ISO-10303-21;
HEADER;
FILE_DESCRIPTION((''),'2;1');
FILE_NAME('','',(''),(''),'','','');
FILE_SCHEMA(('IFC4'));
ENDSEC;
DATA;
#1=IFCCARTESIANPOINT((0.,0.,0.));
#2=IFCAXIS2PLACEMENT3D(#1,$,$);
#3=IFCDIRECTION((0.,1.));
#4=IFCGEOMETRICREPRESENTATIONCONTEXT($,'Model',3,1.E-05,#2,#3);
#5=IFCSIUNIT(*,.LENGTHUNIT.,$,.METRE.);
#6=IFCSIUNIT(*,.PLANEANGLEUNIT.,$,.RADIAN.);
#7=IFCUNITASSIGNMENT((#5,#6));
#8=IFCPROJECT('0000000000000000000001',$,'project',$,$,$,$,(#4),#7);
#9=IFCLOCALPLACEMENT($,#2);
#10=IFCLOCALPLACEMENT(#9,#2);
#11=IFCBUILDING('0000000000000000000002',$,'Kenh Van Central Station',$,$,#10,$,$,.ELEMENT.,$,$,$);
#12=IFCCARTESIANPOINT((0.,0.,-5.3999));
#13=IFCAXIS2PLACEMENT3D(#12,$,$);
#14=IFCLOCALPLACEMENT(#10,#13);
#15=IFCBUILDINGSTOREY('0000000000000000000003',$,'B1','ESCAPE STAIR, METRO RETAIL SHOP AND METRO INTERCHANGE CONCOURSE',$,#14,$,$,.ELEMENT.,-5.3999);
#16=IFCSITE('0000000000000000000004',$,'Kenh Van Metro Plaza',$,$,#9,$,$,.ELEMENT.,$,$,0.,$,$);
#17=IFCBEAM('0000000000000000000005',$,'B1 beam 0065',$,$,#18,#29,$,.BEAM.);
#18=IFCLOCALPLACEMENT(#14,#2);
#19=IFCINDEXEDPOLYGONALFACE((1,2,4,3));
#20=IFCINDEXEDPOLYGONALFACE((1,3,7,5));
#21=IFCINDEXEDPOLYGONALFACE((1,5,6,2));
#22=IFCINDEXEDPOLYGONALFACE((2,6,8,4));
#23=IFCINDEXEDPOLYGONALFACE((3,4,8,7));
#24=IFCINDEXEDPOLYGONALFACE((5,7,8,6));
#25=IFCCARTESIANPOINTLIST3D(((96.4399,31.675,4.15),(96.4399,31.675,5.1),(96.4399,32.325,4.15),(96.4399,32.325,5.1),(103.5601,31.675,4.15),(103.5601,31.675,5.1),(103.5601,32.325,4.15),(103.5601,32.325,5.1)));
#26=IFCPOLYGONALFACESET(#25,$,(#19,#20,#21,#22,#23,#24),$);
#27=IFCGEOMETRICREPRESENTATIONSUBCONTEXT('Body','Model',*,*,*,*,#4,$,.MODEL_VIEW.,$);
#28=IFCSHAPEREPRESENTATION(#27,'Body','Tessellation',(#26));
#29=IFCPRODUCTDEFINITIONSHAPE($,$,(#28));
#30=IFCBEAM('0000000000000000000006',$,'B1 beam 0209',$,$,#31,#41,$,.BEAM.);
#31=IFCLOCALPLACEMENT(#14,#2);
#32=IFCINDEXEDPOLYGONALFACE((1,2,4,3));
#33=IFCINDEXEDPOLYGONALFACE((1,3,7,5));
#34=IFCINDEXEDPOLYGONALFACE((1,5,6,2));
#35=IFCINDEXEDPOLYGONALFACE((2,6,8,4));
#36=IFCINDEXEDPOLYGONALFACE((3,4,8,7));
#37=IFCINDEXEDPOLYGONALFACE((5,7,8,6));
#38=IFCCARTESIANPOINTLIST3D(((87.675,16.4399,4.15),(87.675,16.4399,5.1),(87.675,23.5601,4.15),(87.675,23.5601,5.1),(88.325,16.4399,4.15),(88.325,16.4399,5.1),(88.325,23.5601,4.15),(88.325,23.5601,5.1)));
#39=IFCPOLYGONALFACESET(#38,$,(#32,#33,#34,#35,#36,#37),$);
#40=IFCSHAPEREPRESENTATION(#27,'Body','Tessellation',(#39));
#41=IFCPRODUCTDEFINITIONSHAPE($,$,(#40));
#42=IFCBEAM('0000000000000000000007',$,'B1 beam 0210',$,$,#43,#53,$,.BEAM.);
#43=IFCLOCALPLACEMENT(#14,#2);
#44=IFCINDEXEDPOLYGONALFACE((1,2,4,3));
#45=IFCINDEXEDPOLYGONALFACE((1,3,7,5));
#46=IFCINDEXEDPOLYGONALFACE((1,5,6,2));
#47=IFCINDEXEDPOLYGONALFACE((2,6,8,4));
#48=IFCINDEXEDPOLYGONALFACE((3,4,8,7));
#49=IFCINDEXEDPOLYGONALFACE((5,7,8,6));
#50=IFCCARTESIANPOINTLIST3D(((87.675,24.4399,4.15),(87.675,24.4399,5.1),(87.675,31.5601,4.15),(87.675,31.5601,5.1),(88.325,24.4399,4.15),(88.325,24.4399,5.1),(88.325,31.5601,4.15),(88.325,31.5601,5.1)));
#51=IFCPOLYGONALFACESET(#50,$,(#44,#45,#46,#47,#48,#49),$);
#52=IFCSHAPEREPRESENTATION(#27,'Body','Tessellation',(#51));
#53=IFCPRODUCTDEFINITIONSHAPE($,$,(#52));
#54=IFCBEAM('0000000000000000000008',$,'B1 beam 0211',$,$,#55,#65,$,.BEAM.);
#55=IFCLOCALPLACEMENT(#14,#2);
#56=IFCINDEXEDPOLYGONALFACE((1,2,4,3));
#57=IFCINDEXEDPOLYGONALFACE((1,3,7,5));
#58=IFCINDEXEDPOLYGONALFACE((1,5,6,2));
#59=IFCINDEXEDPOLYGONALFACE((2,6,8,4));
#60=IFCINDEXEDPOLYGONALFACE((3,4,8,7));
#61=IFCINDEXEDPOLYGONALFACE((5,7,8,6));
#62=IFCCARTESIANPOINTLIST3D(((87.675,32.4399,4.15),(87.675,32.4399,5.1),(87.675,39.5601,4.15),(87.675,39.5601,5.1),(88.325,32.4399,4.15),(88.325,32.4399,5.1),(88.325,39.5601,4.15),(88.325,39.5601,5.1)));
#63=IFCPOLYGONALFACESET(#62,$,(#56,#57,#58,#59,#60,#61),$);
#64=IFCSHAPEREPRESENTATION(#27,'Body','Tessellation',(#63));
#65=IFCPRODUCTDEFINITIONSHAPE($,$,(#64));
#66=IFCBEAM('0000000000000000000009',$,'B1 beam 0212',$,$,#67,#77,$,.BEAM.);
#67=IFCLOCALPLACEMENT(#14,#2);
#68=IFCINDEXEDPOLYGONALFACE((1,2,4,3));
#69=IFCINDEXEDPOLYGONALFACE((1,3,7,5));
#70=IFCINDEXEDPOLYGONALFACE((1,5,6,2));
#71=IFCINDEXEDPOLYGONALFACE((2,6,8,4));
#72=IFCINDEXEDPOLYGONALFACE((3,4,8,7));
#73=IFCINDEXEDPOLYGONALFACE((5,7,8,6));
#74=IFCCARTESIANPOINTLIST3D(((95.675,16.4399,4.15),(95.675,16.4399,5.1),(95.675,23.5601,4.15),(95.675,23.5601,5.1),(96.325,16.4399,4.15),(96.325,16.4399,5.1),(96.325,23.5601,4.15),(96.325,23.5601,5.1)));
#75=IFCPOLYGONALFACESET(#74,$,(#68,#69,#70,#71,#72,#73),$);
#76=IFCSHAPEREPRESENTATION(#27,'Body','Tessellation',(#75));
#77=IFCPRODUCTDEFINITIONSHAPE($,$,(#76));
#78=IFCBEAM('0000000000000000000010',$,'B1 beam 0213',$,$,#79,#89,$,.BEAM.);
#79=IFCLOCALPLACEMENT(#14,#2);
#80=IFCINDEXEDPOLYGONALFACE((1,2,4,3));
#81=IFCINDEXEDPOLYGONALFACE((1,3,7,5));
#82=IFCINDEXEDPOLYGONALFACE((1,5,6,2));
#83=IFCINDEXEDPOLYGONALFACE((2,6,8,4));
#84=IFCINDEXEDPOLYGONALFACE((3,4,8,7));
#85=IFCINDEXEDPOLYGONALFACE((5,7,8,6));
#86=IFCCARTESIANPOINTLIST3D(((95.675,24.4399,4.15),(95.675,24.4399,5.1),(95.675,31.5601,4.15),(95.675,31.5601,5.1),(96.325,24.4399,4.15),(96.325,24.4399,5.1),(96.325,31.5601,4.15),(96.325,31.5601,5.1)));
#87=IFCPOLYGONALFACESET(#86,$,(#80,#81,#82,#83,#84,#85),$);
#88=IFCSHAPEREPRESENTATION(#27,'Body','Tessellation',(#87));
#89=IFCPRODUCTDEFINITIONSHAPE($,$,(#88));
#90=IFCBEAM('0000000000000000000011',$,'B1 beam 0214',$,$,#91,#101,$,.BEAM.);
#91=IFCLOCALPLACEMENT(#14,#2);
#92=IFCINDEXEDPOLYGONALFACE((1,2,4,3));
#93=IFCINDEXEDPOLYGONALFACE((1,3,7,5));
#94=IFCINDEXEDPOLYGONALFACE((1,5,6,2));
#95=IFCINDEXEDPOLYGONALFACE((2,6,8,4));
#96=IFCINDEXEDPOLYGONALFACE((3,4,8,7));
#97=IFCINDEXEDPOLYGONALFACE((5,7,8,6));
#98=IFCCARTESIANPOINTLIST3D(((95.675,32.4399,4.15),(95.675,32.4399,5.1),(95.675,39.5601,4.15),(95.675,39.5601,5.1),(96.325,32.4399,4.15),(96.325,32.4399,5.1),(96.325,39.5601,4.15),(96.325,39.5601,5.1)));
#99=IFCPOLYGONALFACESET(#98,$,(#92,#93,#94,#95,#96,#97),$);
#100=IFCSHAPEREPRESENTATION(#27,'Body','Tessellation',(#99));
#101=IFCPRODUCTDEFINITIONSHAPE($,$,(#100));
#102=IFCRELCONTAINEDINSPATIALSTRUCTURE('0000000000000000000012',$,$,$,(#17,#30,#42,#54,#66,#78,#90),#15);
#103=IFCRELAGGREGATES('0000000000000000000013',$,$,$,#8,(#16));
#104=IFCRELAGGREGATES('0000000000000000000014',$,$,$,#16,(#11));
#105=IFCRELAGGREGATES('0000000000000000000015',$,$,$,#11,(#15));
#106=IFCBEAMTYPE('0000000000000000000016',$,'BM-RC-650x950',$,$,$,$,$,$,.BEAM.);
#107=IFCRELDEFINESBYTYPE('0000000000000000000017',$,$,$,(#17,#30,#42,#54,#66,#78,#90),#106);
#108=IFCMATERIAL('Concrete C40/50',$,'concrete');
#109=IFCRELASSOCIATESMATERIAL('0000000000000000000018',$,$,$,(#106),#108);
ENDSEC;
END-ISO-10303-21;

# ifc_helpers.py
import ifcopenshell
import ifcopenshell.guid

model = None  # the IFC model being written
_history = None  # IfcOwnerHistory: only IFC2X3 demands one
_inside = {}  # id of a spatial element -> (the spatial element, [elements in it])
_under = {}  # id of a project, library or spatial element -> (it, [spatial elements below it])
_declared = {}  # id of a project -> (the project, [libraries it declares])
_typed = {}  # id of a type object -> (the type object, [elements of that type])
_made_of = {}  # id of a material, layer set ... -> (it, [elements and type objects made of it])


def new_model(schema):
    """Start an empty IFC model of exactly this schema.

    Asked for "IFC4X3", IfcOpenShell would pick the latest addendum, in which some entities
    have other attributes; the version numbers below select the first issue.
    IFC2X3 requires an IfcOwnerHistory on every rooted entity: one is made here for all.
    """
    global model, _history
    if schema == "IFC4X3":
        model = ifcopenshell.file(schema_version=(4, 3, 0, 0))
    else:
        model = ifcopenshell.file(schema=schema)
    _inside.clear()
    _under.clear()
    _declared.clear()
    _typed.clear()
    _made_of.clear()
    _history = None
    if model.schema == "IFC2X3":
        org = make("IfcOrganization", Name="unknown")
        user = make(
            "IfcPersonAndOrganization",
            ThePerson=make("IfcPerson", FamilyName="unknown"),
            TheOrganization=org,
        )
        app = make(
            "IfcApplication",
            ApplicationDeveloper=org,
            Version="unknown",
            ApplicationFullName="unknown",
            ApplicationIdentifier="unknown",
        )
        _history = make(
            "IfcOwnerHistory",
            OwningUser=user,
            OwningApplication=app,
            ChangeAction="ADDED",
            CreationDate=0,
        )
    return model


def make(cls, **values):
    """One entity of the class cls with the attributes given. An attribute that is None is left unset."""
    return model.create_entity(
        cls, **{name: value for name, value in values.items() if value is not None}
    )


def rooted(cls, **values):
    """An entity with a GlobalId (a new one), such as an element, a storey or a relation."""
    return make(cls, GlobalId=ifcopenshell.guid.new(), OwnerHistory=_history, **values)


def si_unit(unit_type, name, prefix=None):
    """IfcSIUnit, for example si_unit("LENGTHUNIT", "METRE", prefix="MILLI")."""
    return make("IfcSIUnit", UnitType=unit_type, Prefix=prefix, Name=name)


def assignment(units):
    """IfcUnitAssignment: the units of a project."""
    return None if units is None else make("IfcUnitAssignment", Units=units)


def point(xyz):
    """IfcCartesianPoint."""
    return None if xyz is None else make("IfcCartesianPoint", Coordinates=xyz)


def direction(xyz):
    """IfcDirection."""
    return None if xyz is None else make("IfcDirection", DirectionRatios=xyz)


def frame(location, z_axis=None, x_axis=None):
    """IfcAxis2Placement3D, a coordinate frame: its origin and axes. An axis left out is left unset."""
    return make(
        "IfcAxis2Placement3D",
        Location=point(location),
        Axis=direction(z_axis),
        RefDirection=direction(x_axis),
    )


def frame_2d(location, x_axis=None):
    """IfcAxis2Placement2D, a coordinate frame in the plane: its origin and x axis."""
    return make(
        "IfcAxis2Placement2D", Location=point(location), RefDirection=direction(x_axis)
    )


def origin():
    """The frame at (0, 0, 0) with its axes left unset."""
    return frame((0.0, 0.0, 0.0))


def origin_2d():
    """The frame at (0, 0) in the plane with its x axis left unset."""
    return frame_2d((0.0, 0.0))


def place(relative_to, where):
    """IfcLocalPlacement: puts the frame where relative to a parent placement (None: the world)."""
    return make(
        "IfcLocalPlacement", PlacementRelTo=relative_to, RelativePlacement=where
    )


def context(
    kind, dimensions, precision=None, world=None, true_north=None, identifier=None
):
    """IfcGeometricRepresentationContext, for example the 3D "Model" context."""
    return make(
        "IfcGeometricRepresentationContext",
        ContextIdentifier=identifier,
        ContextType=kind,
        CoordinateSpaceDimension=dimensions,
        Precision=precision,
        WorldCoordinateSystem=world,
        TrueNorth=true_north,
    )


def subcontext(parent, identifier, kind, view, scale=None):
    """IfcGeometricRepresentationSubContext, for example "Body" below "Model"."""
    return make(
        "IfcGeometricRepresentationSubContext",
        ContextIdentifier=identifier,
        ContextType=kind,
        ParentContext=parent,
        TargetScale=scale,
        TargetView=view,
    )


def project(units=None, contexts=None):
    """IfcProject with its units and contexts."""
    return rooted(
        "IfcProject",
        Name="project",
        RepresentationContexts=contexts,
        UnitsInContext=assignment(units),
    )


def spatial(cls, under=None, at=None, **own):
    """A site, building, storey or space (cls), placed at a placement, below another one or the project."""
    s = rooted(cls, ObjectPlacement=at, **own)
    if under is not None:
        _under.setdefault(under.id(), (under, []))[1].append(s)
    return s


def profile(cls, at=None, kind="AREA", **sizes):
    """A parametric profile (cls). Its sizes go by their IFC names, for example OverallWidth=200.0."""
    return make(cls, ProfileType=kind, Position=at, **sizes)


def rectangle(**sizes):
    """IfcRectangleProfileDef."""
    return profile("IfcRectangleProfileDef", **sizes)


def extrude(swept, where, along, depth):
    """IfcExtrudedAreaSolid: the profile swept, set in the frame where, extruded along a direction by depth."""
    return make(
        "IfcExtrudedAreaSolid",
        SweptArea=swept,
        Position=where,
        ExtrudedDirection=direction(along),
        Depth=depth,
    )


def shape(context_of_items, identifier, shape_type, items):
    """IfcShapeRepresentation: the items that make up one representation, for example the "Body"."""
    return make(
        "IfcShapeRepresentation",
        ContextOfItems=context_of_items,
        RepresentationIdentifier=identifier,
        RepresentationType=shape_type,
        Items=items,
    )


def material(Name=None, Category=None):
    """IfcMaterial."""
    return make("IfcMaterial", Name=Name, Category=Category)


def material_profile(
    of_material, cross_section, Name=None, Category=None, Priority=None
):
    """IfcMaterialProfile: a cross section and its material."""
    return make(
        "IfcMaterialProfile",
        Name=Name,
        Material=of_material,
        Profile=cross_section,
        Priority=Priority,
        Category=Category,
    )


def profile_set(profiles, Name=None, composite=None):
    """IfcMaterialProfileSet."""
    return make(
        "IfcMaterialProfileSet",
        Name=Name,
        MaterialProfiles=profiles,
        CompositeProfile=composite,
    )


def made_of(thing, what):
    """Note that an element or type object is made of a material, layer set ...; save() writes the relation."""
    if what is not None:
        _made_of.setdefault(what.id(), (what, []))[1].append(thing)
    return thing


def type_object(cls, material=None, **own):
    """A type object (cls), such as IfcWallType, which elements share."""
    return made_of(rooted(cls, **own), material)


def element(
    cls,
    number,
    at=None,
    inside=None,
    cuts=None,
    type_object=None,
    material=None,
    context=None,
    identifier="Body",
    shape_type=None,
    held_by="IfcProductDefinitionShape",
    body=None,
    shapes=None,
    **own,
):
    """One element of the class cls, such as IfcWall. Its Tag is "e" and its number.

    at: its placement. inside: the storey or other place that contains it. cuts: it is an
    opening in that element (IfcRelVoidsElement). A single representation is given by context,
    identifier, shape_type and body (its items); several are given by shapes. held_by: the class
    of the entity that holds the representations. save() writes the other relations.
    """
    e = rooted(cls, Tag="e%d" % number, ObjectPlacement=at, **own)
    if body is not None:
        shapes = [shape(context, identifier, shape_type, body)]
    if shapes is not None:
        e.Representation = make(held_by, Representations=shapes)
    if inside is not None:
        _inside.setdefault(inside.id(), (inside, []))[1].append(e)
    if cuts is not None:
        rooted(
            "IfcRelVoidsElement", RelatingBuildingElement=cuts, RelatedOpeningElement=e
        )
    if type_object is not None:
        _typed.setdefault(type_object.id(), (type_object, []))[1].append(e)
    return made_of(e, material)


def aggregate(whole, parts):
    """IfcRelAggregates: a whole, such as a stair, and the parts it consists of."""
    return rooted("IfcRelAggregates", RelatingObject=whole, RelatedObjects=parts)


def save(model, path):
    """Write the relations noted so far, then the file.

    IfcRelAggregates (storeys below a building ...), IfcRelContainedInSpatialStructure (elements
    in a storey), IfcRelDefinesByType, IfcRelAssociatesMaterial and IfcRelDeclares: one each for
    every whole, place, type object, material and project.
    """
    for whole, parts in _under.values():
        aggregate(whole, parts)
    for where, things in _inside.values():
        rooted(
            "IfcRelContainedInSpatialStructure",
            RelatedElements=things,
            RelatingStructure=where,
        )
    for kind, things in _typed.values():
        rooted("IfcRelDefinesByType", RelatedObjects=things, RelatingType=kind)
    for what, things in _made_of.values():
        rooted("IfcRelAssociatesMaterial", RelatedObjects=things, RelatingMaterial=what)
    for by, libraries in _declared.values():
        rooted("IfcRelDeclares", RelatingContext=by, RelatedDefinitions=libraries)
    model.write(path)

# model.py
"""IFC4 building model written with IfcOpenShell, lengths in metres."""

from ifc_helpers import new_model, si_unit, direction, frame, origin, origin_2d, place, context, subcontext, project, spatial, rectangle, extrude, material, material_profile, profile_set, type_object, element, save


model = new_model("IFC4")

# Units and contexts
model_context = context("Model", 3, precision=1e-05, world=origin(), true_north=direction((0.0, 1.0)))
body_context = subcontext(model_context, "Body", "Model", "MODEL_VIEW")
ifc_project = project(units=[si_unit("LENGTHUNIT", "METRE"), si_unit("PLANEANGLEUNIT", "RADIAN")], contexts=[model_context])

# Site, building, storey
site_placement = place(None, origin())
site = spatial("IfcSite", under=ifc_project, at=site_placement, Name="Kenh Van Metro Plaza", CompositionType="ELEMENT", RefElevation=0.0)
building_placement = place(site_placement, origin())
building = spatial("IfcBuilding", under=site, at=building_placement, Name="Kenh Van Central Station", CompositionType="ELEMENT")
storey_placement = place(building_placement, frame((0.0, 0.0, -5.3999)))
storey = spatial("IfcBuildingStorey", under=building, at=storey_placement, Name="B1", Description="ESCAPE STAIR, METRO RETAIL SHOP AND METRO INTERCHANGE CONCOURSE", CompositionType="ELEMENT", Elevation=-5.3999)

# Shared definitions
ifc_material = material(Name="Concrete C40/50", Category="concrete")

# Beams
ifc_material_profile_1 = material_profile(ifc_material, rectangle(XDim=0.6499, YDim=0.95, at=origin_2d()), Name="RC 650x950")
ifc_profile_set_1 = profile_set([ifc_material_profile_1], Name="Concrete C40/50")
beam_type = type_object("IfcBeamType", Name="BM-RC-650x950", PredefinedType="BEAM", material=ifc_profile_set_1)
for number, where, z_axis, x_axis, name in (
    (1, (96.4399, 32.0, 4.625), (1.0, 0.0, 0.0), (0.0, 1.0, 0.0), "B1 beam 0065"),
    (2, (88.0, 16.4399, 4.625), (0.0, 1.0, 0.0), (-1.0, 0.0, 0.0), "B1 beam 0209"),
    (3, (88.0, 24.4399, 4.625), (0.0, 1.0, 0.0), (-1.0, 0.0, 0.0), "B1 beam 0210"),
    (4, (88.0, 32.4399, 4.625), (0.0, 1.0, 0.0), (-1.0, 0.0, 0.0), "B1 beam 0211"),
    (5, (96.0, 16.4399, 4.625), (0.0, 1.0, 0.0), (-1.0, 0.0, 0.0), "B1 beam 0212"),
    (6, (96.0, 24.4399, 4.625), (0.0, 1.0, 0.0), (-1.0, 0.0, 0.0), "B1 beam 0213"),
    (7, (96.0, 32.4399, 4.625), (0.0, 1.0, 0.0), (-1.0, 0.0, 0.0), "B1 beam 0214"),
):
    element("IfcBeam", number, at=place(storey_placement, frame(where, z_axis=z_axis, x_axis=x_axis)), inside=storey, type_object=beam_type, Name=name, PredefinedType="BEAM", context=body_context, shape_type="SweptSolid", body=[
        extrude(rectangle(XDim=0.6499, YDim=0.95, at=origin_2d()), origin(), (0.0, 0.0, 1.0), 7.1201),
    ])

save(model, "model.ifc")
